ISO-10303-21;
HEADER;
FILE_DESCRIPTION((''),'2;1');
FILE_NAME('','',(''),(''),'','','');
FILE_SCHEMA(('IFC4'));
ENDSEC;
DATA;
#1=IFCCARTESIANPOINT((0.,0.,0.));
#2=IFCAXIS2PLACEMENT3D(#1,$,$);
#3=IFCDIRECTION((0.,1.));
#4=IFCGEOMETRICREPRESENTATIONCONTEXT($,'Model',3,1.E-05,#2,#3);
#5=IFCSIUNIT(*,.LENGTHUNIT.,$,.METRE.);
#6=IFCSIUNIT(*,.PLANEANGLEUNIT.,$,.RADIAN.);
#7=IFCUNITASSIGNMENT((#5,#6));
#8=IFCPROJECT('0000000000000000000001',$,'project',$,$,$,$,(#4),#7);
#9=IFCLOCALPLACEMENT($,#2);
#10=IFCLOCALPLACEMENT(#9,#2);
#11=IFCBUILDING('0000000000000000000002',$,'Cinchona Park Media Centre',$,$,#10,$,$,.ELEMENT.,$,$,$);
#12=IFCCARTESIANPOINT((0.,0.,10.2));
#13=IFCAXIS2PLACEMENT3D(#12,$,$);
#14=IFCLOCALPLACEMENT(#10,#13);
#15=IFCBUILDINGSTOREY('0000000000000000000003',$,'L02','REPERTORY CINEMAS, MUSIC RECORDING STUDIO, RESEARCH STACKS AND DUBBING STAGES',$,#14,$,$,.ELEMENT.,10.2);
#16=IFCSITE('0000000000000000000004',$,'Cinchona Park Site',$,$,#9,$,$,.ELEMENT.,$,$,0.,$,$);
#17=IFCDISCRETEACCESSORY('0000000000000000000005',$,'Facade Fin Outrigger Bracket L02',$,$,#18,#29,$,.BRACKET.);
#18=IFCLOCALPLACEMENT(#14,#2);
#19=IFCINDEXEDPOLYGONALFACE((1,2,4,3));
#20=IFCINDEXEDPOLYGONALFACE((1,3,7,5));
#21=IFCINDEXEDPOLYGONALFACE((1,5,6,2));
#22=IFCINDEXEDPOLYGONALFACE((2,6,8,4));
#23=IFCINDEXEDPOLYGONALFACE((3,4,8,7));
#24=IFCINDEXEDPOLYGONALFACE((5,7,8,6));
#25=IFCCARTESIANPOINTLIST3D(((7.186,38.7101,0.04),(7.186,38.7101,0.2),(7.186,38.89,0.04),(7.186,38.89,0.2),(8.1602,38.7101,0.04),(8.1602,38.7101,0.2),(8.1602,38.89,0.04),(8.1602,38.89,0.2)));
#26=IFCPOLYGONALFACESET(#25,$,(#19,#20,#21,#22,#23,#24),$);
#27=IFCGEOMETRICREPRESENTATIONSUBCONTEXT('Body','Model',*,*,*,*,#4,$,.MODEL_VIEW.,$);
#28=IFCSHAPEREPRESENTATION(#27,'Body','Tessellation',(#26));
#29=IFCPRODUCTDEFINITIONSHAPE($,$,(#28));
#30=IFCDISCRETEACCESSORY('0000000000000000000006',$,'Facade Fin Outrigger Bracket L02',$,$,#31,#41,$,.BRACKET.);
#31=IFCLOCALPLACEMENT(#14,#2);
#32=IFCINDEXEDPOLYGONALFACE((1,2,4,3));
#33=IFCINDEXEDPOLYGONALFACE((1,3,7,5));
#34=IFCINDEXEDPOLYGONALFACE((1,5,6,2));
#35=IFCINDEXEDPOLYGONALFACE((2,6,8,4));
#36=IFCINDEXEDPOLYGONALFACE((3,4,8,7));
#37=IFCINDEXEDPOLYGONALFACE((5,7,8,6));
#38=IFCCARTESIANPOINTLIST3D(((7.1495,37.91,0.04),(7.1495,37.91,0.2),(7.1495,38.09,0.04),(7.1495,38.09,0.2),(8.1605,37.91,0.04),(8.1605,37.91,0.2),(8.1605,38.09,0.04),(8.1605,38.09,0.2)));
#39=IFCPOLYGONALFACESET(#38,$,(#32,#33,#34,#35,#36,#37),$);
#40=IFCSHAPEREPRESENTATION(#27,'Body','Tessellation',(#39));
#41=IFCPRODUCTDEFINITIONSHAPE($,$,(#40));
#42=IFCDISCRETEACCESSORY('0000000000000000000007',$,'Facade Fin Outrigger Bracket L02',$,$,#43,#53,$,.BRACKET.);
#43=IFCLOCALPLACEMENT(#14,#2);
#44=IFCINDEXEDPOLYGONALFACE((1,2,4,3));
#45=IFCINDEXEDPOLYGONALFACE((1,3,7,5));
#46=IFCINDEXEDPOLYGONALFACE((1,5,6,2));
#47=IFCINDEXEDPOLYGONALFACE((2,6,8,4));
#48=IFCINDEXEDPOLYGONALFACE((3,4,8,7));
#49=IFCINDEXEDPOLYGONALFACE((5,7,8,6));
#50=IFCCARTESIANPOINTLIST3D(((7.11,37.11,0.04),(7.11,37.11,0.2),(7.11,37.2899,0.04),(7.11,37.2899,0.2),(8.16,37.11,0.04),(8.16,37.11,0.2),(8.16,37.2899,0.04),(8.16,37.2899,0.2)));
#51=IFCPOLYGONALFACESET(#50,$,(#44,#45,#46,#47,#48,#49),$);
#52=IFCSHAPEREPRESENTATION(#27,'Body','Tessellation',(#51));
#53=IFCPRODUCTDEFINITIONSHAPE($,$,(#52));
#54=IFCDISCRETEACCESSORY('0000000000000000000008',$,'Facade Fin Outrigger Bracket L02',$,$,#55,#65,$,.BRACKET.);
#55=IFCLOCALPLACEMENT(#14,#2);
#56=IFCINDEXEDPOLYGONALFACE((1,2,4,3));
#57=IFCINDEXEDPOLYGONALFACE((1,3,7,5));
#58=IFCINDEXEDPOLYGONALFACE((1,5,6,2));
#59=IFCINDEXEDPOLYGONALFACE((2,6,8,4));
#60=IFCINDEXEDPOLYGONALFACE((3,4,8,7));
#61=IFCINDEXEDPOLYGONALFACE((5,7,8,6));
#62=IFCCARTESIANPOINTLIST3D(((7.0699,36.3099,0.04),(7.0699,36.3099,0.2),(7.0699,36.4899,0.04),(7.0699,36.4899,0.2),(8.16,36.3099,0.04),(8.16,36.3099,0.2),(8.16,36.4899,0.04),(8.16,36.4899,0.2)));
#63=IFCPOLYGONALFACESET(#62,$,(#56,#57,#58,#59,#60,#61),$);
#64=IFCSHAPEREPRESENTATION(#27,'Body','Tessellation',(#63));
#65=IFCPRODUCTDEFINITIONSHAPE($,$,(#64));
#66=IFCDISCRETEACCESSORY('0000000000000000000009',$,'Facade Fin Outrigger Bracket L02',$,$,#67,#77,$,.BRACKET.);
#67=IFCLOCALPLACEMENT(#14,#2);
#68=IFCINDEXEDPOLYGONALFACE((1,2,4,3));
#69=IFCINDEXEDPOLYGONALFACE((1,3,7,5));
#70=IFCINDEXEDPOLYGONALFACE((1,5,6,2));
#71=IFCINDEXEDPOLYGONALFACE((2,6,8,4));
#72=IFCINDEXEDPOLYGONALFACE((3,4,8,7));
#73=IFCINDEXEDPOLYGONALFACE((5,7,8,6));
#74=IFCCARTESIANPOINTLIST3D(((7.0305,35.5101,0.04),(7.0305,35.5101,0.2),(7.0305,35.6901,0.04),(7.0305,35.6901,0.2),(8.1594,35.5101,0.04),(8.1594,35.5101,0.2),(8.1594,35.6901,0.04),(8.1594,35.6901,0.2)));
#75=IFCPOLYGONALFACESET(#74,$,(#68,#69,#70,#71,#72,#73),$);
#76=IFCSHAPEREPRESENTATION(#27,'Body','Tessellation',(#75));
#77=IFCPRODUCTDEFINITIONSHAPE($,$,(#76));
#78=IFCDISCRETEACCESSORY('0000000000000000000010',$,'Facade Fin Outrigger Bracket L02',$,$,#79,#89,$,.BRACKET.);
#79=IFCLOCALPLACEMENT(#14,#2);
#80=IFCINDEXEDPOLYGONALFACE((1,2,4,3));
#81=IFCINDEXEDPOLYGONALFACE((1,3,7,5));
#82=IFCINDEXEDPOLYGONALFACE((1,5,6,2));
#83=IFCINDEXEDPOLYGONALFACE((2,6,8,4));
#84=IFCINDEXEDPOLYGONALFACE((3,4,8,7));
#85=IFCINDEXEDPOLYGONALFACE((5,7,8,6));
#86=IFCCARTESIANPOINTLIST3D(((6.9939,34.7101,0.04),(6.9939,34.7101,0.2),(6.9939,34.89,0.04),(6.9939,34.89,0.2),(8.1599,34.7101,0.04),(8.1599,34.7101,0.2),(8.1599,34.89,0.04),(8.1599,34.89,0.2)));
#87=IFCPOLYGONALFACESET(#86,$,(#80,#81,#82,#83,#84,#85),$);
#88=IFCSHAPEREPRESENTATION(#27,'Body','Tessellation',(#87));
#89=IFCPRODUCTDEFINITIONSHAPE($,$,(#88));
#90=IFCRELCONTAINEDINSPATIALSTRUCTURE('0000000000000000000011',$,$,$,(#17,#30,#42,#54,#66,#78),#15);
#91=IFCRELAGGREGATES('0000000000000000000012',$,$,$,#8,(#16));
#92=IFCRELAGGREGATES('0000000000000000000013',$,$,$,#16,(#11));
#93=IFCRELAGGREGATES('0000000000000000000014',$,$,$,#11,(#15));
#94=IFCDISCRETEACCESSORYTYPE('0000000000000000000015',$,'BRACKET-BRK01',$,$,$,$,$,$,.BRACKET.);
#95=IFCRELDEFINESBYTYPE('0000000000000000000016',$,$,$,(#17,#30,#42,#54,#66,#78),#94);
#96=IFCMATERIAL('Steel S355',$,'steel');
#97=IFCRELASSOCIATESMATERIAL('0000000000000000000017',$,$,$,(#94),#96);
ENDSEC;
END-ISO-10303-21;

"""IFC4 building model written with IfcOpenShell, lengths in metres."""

from ifc_helpers import new_model, si_unit, direction, frame, origin, origin_2d, place, context, subcontext, project, spatial, rectangle, extrude, material, type_object, element, save


model = new_model("IFC4")

# Units and contexts
model_context = context("Model", 3, precision=1e-05, world=origin(), true_north=direction((0.0, 1.0)))
body_context = subcontext(model_context, "Body", "Model", "MODEL_VIEW")
ifc_project = project(units=[si_unit("LENGTHUNIT", "METRE"), si_unit("PLANEANGLEUNIT", "RADIAN")], contexts=[model_context])

# Site, building, storey
site_placement = place(None, origin())
site = spatial("IfcSite", under=ifc_project, at=site_placement, Name="Cinchona Park Site", CompositionType="ELEMENT", RefElevation=0.0)
building_placement = place(site_placement, origin())
building = spatial("IfcBuilding", under=site, at=building_placement, Name="Cinchona Park Media Centre", CompositionType="ELEMENT")
storey_placement = place(building_placement, frame((0.0, 0.0, 10.2)))
storey = spatial("IfcBuildingStorey", under=building, at=storey_placement, Name="L02", Description="REPERTORY CINEMAS, MUSIC RECORDING STUDIO, RESEARCH STACKS AND DUBBING STAGES", CompositionType="ELEMENT", Elevation=10.2)

# Discrete accessories
ifc_material_1 = material(Name="Steel S355", Category="steel")
discrete_accessory_type = type_object("IfcDiscreteAccessoryType", Name="BRACKET-BRK01", PredefinedType="BRACKET", material=ifc_material_1)
discrete_accessory_1_placement = place(storey_placement, frame((7.6731, 38.8, 0.04), z_axis=(0.0, 0.0, 1.0), x_axis=(0.0, -1.0, 0.0)))
element("IfcDiscreteAccessory", 1, at=discrete_accessory_1_placement, inside=storey, type_object=discrete_accessory_type, Name="Facade Fin Outrigger Bracket L02", PredefinedType="BRACKET", context=body_context, shape_type="SweptSolid", body=[
    extrude(rectangle(XDim=0.1799, YDim=0.9741, at=origin_2d()), origin(), (0.0, 0.0, 1.0), 0.1599),
])
discrete_accessory_2_placement = place(storey_placement, frame((7.655, 38.0, 0.04), z_axis=(0.0, 0.0, 1.0), x_axis=(0.0, -1.0, 0.0)))
element("IfcDiscreteAccessory", 2, at=discrete_accessory_2_placement, inside=storey, type_object=discrete_accessory_type, Name="Facade Fin Outrigger Bracket L02", PredefinedType="BRACKET", context=body_context, shape_type="SweptSolid", body=[
    extrude(rectangle(XDim=0.1799, YDim=1.011, at=origin_2d()), origin(), (0.0, 0.0, 1.0), 0.1599),
])
discrete_accessory_3_placement = place(storey_placement, frame((7.635, 37.2, 0.04), z_axis=(0.0, 0.0, 1.0), x_axis=(0.0, -1.0, 0.0)))
element("IfcDiscreteAccessory", 3, at=discrete_accessory_3_placement, inside=storey, type_object=discrete_accessory_type, Name="Facade Fin Outrigger Bracket L02", PredefinedType="BRACKET", context=body_context, shape_type="SweptSolid", body=[
    extrude(rectangle(XDim=0.1799, YDim=1.05, at=origin_2d()), origin(), (0.0, 0.0, 1.0), 0.1599),
])
discrete_accessory_4_placement = place(storey_placement, frame((7.615, 36.3999, 0.04), z_axis=(0.0, 0.0, 1.0), x_axis=(0.0, -1.0, 0.0)))
element("IfcDiscreteAccessory", 4, at=discrete_accessory_4_placement, inside=storey, type_object=discrete_accessory_type, Name="Facade Fin Outrigger Bracket L02", PredefinedType="BRACKET", context=body_context, shape_type="SweptSolid", body=[
    extrude(rectangle(XDim=0.1799, YDim=1.0901, at=origin_2d()), origin(), (0.0, 0.0, 1.0), 0.1599),
])
discrete_accessory_5_placement = place(storey_placement, frame((7.595, 35.6001, 0.04), z_axis=(0.0, 0.0, 1.0), x_axis=(0.0, -1.0, 0.0)))
element("IfcDiscreteAccessory", 5, at=discrete_accessory_5_placement, inside=storey, type_object=discrete_accessory_type, Name="Facade Fin Outrigger Bracket L02", PredefinedType="BRACKET", context=body_context, shape_type="SweptSolid", body=[
    extrude(rectangle(XDim=0.1799, YDim=1.1289, at=origin_2d()), origin(), (0.0, 0.0, 1.0), 0.1599),
])
discrete_accessory_6_placement = place(storey_placement, frame((7.5769, 34.8, 0.04), z_axis=(0.0, 0.0, 1.0), x_axis=(0.0, -1.0, 0.0)))
element("IfcDiscreteAccessory", 6, at=discrete_accessory_6_placement, inside=storey, type_object=discrete_accessory_type, Name="Facade Fin Outrigger Bracket L02", PredefinedType="BRACKET", context=body_context, shape_type="SweptSolid", body=[
    extrude(rectangle(XDim=0.1799, YDim=1.166, at=origin_2d()), origin(), (0.0, 0.0, 1.0), 0.1599),
])

save(model, "model.ifc")
